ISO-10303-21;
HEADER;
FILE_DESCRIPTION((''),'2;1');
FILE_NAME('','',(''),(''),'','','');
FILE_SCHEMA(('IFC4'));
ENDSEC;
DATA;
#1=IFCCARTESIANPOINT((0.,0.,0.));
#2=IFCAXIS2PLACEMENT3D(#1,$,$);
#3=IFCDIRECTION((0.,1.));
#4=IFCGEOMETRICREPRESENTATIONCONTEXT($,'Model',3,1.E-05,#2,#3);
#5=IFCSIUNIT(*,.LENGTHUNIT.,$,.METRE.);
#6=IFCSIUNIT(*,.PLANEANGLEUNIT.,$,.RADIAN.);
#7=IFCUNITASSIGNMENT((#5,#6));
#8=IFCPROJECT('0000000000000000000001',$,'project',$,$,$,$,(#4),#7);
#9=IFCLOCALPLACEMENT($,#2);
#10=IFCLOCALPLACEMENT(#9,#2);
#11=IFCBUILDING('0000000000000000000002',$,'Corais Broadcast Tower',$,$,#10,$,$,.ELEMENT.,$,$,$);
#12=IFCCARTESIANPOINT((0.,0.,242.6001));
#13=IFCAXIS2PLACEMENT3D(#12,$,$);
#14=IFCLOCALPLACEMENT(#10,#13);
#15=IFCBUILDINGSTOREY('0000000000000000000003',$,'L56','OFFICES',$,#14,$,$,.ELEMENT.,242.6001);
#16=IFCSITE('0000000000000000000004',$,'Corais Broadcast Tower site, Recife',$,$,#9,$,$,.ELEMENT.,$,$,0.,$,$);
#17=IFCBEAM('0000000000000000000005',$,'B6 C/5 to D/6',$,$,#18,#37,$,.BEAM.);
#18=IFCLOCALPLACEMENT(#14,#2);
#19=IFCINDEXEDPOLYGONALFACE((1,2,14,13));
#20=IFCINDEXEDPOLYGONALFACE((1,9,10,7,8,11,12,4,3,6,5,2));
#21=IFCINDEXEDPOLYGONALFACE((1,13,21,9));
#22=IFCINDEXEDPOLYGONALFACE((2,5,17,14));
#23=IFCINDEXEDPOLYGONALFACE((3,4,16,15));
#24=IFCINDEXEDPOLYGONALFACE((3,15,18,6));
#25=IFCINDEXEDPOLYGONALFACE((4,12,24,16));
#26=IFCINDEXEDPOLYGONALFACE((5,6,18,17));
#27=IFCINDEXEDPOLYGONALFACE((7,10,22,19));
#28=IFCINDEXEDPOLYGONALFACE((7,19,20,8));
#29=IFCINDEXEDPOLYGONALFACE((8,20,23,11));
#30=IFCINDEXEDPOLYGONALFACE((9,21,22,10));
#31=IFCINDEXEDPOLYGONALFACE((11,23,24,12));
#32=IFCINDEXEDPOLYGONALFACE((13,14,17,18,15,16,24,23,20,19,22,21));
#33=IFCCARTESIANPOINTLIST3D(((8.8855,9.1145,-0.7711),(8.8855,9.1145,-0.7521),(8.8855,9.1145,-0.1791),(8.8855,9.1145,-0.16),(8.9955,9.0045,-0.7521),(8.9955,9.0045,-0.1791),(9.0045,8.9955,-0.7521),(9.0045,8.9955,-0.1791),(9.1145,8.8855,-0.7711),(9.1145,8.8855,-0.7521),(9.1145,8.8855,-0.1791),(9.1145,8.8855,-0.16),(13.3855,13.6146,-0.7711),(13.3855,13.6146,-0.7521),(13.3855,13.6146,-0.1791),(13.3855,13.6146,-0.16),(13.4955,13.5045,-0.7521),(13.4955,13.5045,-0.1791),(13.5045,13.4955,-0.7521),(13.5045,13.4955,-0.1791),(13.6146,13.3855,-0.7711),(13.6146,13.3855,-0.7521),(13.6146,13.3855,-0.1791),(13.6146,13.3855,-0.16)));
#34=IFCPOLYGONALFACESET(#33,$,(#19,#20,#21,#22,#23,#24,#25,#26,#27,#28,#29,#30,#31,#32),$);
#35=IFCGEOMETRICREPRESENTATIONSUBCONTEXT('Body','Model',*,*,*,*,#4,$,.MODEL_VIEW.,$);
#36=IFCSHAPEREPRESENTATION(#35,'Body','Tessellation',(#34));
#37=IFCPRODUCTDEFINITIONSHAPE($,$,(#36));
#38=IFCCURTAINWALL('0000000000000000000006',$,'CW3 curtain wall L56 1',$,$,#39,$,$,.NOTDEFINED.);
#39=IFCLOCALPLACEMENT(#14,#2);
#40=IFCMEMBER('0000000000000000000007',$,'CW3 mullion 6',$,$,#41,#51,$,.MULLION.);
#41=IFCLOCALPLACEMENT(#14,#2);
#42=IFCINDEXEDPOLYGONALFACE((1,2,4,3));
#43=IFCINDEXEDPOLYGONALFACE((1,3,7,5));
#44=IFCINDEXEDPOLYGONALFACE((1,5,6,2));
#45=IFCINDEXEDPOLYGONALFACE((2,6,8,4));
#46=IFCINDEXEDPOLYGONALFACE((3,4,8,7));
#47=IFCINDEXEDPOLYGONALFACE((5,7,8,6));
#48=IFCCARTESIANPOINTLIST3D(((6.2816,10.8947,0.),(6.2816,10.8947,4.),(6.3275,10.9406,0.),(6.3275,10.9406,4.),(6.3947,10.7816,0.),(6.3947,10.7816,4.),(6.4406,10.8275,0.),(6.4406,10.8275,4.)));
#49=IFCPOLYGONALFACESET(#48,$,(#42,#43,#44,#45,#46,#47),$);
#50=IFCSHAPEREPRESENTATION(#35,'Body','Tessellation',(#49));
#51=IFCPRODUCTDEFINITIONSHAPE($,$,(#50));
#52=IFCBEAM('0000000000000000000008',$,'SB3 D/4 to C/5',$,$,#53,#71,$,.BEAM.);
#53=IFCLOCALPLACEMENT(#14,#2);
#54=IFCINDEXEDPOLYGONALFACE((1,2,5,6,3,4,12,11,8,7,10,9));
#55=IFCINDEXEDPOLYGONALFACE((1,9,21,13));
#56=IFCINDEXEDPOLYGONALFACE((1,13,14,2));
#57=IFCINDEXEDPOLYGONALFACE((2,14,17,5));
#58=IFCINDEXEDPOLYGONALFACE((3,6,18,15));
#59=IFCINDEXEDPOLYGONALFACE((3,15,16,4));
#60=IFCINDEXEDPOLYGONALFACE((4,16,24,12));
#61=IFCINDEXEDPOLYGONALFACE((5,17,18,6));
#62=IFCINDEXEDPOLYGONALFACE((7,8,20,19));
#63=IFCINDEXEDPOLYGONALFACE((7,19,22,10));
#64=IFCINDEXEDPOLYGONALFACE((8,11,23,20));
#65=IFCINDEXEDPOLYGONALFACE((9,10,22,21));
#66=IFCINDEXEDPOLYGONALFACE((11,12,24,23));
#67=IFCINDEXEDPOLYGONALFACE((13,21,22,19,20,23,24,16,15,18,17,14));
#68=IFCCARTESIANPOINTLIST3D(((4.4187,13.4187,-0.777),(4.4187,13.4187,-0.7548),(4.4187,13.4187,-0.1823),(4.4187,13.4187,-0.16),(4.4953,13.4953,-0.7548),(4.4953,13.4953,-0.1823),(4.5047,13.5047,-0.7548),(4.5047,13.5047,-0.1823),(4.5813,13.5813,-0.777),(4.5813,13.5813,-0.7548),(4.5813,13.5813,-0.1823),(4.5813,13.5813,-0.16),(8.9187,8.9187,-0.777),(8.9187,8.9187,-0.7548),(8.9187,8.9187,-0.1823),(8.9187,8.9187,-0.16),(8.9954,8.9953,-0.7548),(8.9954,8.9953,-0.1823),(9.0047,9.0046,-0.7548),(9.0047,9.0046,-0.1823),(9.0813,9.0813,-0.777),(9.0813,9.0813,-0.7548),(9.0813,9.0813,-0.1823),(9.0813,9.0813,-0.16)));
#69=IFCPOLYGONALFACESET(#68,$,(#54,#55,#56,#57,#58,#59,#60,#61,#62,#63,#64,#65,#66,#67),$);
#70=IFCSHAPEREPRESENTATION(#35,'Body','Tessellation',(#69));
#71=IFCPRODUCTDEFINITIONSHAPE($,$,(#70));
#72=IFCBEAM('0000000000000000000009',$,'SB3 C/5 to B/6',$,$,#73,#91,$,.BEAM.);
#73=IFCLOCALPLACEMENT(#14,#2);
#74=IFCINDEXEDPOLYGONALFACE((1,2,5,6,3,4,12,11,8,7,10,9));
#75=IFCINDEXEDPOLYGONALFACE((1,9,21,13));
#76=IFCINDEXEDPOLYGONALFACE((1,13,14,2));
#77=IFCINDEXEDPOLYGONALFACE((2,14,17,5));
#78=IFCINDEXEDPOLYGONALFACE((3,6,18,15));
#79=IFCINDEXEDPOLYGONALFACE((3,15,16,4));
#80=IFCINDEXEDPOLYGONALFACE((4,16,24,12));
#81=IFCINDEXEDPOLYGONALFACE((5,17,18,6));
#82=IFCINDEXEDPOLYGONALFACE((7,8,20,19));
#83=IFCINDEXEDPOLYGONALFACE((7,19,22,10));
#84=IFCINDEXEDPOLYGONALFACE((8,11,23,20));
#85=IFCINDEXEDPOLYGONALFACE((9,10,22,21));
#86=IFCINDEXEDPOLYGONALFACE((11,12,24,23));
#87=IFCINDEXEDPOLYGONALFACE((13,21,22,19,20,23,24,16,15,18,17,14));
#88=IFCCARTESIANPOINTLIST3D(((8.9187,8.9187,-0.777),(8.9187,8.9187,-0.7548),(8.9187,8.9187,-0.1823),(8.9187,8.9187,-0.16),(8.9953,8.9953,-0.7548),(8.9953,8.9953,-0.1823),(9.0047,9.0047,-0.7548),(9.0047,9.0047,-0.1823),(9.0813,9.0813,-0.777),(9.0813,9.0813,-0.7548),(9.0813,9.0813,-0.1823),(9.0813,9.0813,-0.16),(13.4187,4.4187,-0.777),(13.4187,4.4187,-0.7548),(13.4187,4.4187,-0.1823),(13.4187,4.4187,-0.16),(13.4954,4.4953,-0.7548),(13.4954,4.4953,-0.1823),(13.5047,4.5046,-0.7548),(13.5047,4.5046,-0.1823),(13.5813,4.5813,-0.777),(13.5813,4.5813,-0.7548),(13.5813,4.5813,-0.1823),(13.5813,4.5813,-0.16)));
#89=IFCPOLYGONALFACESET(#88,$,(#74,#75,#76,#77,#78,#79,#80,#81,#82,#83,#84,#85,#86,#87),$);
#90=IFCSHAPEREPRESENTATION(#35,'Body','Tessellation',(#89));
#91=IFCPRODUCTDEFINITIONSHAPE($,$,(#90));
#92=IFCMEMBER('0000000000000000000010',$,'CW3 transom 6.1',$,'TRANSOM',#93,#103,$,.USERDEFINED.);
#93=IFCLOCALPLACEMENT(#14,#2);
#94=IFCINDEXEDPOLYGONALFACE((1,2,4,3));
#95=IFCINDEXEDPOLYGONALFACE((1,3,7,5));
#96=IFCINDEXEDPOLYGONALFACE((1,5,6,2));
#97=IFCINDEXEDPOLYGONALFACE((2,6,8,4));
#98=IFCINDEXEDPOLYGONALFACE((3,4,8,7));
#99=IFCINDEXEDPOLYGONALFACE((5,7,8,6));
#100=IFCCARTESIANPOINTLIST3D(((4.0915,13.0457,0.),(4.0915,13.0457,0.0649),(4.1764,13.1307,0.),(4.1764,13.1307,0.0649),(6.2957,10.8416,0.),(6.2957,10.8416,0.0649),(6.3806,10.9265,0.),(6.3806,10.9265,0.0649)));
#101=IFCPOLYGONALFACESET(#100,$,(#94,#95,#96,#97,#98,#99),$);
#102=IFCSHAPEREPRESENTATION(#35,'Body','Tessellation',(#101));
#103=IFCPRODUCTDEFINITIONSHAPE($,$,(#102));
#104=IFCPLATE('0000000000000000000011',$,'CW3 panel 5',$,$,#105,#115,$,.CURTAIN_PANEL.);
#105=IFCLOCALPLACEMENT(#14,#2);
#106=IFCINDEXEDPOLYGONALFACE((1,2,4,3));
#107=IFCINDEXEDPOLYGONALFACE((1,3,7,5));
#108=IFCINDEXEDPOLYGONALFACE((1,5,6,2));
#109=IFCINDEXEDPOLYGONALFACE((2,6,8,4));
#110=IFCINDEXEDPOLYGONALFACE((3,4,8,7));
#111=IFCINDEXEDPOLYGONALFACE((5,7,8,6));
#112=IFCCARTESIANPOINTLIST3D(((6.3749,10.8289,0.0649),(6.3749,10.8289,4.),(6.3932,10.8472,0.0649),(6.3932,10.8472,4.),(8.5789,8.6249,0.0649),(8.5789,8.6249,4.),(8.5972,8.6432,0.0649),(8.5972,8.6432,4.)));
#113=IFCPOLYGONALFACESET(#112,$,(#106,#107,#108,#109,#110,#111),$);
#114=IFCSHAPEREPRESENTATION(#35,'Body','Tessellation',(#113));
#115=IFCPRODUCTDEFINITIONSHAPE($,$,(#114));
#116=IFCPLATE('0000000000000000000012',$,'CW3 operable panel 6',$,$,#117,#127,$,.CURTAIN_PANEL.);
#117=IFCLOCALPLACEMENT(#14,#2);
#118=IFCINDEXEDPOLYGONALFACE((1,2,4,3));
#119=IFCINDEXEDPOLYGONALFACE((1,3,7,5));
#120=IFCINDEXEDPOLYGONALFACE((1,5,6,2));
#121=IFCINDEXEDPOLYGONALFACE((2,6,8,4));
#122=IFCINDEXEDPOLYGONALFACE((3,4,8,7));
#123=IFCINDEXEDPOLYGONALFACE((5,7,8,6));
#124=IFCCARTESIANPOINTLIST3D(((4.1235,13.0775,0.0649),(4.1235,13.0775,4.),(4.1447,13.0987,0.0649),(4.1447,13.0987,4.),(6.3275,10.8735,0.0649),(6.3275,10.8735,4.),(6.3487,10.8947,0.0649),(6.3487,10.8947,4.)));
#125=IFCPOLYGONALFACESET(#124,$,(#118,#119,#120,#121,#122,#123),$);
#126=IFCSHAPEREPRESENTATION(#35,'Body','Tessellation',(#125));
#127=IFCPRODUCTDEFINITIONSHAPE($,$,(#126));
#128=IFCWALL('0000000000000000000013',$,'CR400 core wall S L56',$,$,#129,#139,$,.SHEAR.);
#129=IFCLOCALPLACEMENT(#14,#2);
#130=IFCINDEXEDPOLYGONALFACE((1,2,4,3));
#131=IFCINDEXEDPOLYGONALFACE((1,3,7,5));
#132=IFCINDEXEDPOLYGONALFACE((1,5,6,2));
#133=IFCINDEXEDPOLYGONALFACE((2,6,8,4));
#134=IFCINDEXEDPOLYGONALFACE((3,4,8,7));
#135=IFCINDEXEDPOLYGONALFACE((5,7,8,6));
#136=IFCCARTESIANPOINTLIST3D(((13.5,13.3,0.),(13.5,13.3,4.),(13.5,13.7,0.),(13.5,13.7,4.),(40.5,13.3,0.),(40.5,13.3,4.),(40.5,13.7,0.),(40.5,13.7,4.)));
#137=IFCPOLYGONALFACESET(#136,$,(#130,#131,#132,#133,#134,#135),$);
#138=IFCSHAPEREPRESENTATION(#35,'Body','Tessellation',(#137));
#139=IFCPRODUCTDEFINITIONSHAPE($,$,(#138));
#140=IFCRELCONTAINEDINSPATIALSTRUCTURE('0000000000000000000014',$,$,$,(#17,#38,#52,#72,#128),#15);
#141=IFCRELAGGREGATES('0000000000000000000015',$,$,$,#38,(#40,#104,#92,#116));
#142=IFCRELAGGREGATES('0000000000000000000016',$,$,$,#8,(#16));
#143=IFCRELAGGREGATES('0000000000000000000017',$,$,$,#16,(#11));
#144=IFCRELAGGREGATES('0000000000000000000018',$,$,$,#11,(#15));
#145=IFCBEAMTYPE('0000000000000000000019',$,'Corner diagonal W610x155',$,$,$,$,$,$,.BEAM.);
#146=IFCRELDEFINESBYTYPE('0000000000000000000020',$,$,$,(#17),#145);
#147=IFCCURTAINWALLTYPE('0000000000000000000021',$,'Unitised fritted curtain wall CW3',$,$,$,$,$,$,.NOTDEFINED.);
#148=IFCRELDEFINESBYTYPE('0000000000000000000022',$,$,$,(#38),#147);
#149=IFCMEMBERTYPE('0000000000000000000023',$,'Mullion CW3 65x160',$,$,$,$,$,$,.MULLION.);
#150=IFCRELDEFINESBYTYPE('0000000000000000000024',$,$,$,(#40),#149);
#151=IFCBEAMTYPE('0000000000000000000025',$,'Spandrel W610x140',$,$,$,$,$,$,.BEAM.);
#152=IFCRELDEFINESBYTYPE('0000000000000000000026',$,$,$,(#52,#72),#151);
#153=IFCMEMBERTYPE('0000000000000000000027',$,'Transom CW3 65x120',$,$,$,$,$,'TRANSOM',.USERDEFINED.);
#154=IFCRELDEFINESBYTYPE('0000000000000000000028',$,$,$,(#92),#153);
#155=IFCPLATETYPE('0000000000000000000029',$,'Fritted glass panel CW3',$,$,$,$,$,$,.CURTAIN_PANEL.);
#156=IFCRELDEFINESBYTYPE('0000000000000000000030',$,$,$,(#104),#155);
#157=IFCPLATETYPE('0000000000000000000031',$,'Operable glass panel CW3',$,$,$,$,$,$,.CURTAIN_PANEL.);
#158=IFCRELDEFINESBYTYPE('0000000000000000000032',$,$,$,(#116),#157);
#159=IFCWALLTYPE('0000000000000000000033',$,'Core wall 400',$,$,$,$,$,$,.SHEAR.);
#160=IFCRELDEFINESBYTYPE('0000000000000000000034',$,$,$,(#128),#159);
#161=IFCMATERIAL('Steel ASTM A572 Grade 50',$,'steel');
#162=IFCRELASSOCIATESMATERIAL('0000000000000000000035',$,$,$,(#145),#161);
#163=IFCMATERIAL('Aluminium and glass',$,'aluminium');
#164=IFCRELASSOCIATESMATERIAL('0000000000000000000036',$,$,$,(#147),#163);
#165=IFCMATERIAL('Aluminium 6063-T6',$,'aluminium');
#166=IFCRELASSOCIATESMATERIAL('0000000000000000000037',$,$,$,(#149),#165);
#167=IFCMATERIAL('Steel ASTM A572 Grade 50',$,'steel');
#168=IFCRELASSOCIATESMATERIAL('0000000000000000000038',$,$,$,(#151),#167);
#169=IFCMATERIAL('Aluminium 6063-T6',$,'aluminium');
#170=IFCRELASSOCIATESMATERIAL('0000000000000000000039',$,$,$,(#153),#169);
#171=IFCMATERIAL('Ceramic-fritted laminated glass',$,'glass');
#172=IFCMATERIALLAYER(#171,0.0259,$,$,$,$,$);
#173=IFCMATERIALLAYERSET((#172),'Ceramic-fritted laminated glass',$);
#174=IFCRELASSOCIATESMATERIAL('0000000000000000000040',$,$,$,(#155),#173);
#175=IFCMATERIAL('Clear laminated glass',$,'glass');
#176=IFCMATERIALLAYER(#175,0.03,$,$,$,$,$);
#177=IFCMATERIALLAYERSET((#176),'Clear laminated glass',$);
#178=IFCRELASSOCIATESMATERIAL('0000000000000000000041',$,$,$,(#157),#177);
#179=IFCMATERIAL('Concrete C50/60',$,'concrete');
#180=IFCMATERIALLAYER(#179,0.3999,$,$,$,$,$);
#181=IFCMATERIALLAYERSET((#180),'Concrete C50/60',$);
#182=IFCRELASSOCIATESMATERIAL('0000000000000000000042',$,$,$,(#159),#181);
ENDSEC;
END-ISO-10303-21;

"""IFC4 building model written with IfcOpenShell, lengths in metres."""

from ifc_helpers import new_model, si_unit, direction, frame, frame_2d, origin, origin_2d, place, context, subcontext, project, spatial, rectangle, i_section, extrude, material, layer, layer_set, material_profile, profile_set, type_object, element, aggregate, save


model = new_model("IFC4")

# Units and contexts
model_context = context("Model", 3, precision=1e-05, world=origin(), true_north=direction((0.0, 1.0)))
body_context = subcontext(model_context, "Body", "Model", "MODEL_VIEW")
ifc_project = project(units=[si_unit("LENGTHUNIT", "METRE"), si_unit("PLANEANGLEUNIT", "RADIAN")], contexts=[model_context])

# Site, building, storey
site_placement = place(None, origin())
site = spatial("IfcSite", under=ifc_project, at=site_placement, Name="Corais Broadcast Tower site, Recife", CompositionType="ELEMENT", RefElevation=0.0)
building_placement = place(site_placement, origin())
building = spatial("IfcBuilding", under=site, at=building_placement, Name="Corais Broadcast Tower", CompositionType="ELEMENT")
storey_placement = place(building_placement, frame((0.0, 0.0, 242.6001)))
storey = spatial("IfcBuildingStorey", under=building, at=storey_placement, Name="L56", Description="OFFICES", CompositionType="ELEMENT", Elevation=242.6001)

# Beam
ifc_material_1 = material(Name="Steel ASTM A572 Grade 50", Category="steel")
ifc_material_profile_1 = material_profile(ifc_material_1, i_section(OverallWidth=0.324, OverallDepth=0.6111, WebThickness=0.0127, FlangeThickness=0.019, at=origin_2d()), Name="W610x155")
ifc_profile_set_1 = profile_set([ifc_material_profile_1], Name="Steel ASTM A572 Grade 50")
beam_type_1 = type_object("IfcBeamType", Name="Corner diagonal W610x155", PredefinedType="BEAM", material=ifc_profile_set_1)
beam_placement = place(storey_placement, frame((9.0, 9.0, -0.4656), z_axis=(0.707107, 0.707107, 0.0), x_axis=(-0.707107, 0.707107, 0.0)))
element("IfcBeam", 1, at=beam_placement, inside=storey, type_object=beam_type_1, Name="B6 C/5 to D/6", PredefinedType="BEAM", context=body_context, shape_type="SweptSolid", body=[
    extrude(i_section(OverallWidth=0.324, OverallDepth=0.6111, WebThickness=0.0127, FlangeThickness=0.019, at=origin_2d()), origin(), (0.0, 0.0, 1.0), 6.364),
])

# Curtain wall, member
ifc_material_2 = material(Name="Aluminium and glass", Category="aluminium")
curtain_wall_type = type_object("IfcCurtainWallType", Name="Unitised fritted curtain wall CW3", PredefinedType="NOTDEFINED", material=ifc_material_2)
curtain_wall_placement = place(storey_placement, origin())
curtain_wall = element("IfcCurtainWall", 2, at=curtain_wall_placement, inside=storey, type_object=curtain_wall_type, Name="CW3 curtain wall L56 1", PredefinedType="NOTDEFINED")
ifc_material_3 = material(Name="Aluminium 6063-T6", Category="aluminium")
ifc_material_profile_2 = material_profile(ifc_material_3, rectangle(XDim=0.0649, YDim=0.1599, at=origin_2d()), Name="Mullion CW3 65x160")
ifc_profile_set_2 = profile_set([ifc_material_profile_2], Name="Aluminium 6063-T6")
member_type_1 = type_object("IfcMemberType", Name="Mullion CW3 65x160", PredefinedType="MULLION", material=ifc_profile_set_2)
member_1_placement = place(storey_placement, frame((6.3611, 10.8611, 0.0), z_axis=(0.0, 0.0, 1.0), x_axis=(-0.707107, -0.707107, 0.0)))
member_1 = element("IfcMember", 3, at=member_1_placement, type_object=member_type_1, Name="CW3 mullion 6", PredefinedType="MULLION", context=body_context, shape_type="SweptSolid", body=[
    extrude(rectangle(XDim=0.0649, YDim=0.1599, at=origin_2d()), origin(), (0.0, 0.0, 1.0), 4.0),
])

# Beams
ifc_material_4 = material(Name="Steel ASTM A572 Grade 50", Category="steel")
ifc_material_profile_3 = material_profile(ifc_material_4, i_section(OverallWidth=0.23, OverallDepth=0.6169, WebThickness=0.0132, FlangeThickness=0.0222, at=origin_2d()), Name="W610x140")
ifc_profile_set_3 = profile_set([ifc_material_profile_3], Name="Steel ASTM A572 Grade 50")
beam_type_2 = type_object("IfcBeamType", Name="Spandrel W610x140", PredefinedType="BEAM", material=ifc_profile_set_3)
for number, where, z_axis, x_axis, name in (
    (4, (4.5, 13.5, -0.4685), (0.707107, -0.707107, 0.0), (0.707107, 0.707107, 0.0), "SB3 D/4 to C/5"),
    (5, (9.0, 9.0, -0.4685), (0.707107, -0.707107, 0.0), (0.707107, 0.707107, 0.0), "SB3 C/5 to B/6"),
):
    element("IfcBeam", number, at=place(storey_placement, frame(where, z_axis=z_axis, x_axis=x_axis)), inside=storey, type_object=beam_type_2, Name=name, PredefinedType="BEAM", context=body_context, shape_type="SweptSolid", body=[
        extrude(i_section(OverallWidth=0.23, OverallDepth=0.6169, WebThickness=0.0132, FlangeThickness=0.0222, at=origin_2d()), origin(), (0.0, 0.0, 1.0), 6.364),
    ])

# Member
ifc_material_5 = material(Name="Aluminium 6063-T6", Category="aluminium")
ifc_material_profile_4 = material_profile(ifc_material_5, rectangle(XDim=0.1201, YDim=0.0649, at=origin_2d()), Name="Transom CW3 65x120")
ifc_profile_set_4 = profile_set([ifc_material_profile_4], Name="Aluminium 6063-T6")
member_type_2 = type_object("IfcMemberType", Name="Transom CW3 65x120", ElementType="TRANSOM", PredefinedType="USERDEFINED", material=ifc_profile_set_4)
member_2_placement = place(storey_placement, frame((6.3381, 10.884, 0.0325), z_axis=(-0.707107, 0.707107, 0.0), x_axis=(-0.707107, -0.707107, 0.0)))
member_2 = element("IfcMember", 6, at=member_2_placement, type_object=member_type_2, Name="CW3 transom 6.1", ObjectType="TRANSOM", PredefinedType="USERDEFINED", context=body_context, shape_type="SweptSolid", body=[
    extrude(rectangle(XDim=0.1201, YDim=0.0649, at=origin_2d()), origin(), (0.0, 0.0, 1.0), 3.1172),
])

# Plates
ifc_material_6 = material(Name="Ceramic-fritted laminated glass", Category="glass")
ifc_layer_1 = layer(ifc_material_6, 0.0259)
ifc_layer_set_1 = layer_set([ifc_layer_1], Name="Ceramic-fritted laminated glass")
plate_type_1 = type_object("IfcPlateType", Name="Fritted glass panel CW3", PredefinedType="CURTAIN_PANEL", material=ifc_layer_set_1)
plate_1_placement = place(storey_placement, frame((7.4861, 9.7361, 0.0649), z_axis=(0.0, 0.0, 1.0), x_axis=(-0.707107, 0.707107, 0.0)))
plate_1 = element("IfcPlate", 7, at=plate_1_placement, type_object=plate_type_1, Name="CW3 panel 5", PredefinedType="CURTAIN_PANEL", context=body_context, shape_type="SweptSolid", body=[
    extrude(rectangle(XDim=3.1169, YDim=0.0259, at=origin_2d()), origin(), (0.0, 0.0, 1.0), 3.9351),
])
ifc_material_7 = material(Name="Clear laminated glass", Category="glass")
ifc_layer_2 = layer(ifc_material_7, 0.03)
ifc_layer_set_2 = layer_set([ifc_layer_2], Name="Clear laminated glass")
plate_type_2 = type_object("IfcPlateType", Name="Operable glass panel CW3", PredefinedType="CURTAIN_PANEL", material=ifc_layer_set_2)
plate_2_placement = place(storey_placement, frame((5.2361, 11.9861, 0.0649), z_axis=(0.0, 0.0, 1.0), x_axis=(-0.707107, 0.707107, 0.0)))
plate_2 = element("IfcPlate", 8, at=plate_2_placement, type_object=plate_type_2, Name="CW3 operable panel 6", PredefinedType="CURTAIN_PANEL", context=body_context, shape_type="SweptSolid", body=[
    extrude(rectangle(XDim=3.1169, YDim=0.03, at=origin_2d()), origin(), (0.0, 0.0, 1.0), 3.9351),
])
aggregate(curtain_wall, [member_1, plate_1, member_2, plate_2])

# Wall
ifc_material_8 = material(Name="Concrete C50/60", Category="concrete")
ifc_layer_3 = layer(ifc_material_8, 0.3999)
ifc_layer_set_3 = layer_set([ifc_layer_3], Name="Concrete C50/60")
wall_type_1 = type_object("IfcWallType", Name="Core wall 400", PredefinedType="SHEAR", material=ifc_layer_set_3)
wall_1_placement = place(storey_placement, frame((13.5, 13.5, 0.0), z_axis=(0.0, 0.0, 1.0), x_axis=(1.0, 0.0, 0.0)))
element("IfcWall", 9, at=wall_1_placement, inside=storey, type_object=wall_type_1, Name="CR400 core wall S L56", PredefinedType="SHEAR", context=body_context, shape_type="SweptSolid", body=[
    extrude(rectangle(XDim=27.0, YDim=0.3999, at=frame_2d((13.5, 0.0))), origin(), (0.0, 0.0, 1.0), 4.0),
])

save(model, "model.ifc")
